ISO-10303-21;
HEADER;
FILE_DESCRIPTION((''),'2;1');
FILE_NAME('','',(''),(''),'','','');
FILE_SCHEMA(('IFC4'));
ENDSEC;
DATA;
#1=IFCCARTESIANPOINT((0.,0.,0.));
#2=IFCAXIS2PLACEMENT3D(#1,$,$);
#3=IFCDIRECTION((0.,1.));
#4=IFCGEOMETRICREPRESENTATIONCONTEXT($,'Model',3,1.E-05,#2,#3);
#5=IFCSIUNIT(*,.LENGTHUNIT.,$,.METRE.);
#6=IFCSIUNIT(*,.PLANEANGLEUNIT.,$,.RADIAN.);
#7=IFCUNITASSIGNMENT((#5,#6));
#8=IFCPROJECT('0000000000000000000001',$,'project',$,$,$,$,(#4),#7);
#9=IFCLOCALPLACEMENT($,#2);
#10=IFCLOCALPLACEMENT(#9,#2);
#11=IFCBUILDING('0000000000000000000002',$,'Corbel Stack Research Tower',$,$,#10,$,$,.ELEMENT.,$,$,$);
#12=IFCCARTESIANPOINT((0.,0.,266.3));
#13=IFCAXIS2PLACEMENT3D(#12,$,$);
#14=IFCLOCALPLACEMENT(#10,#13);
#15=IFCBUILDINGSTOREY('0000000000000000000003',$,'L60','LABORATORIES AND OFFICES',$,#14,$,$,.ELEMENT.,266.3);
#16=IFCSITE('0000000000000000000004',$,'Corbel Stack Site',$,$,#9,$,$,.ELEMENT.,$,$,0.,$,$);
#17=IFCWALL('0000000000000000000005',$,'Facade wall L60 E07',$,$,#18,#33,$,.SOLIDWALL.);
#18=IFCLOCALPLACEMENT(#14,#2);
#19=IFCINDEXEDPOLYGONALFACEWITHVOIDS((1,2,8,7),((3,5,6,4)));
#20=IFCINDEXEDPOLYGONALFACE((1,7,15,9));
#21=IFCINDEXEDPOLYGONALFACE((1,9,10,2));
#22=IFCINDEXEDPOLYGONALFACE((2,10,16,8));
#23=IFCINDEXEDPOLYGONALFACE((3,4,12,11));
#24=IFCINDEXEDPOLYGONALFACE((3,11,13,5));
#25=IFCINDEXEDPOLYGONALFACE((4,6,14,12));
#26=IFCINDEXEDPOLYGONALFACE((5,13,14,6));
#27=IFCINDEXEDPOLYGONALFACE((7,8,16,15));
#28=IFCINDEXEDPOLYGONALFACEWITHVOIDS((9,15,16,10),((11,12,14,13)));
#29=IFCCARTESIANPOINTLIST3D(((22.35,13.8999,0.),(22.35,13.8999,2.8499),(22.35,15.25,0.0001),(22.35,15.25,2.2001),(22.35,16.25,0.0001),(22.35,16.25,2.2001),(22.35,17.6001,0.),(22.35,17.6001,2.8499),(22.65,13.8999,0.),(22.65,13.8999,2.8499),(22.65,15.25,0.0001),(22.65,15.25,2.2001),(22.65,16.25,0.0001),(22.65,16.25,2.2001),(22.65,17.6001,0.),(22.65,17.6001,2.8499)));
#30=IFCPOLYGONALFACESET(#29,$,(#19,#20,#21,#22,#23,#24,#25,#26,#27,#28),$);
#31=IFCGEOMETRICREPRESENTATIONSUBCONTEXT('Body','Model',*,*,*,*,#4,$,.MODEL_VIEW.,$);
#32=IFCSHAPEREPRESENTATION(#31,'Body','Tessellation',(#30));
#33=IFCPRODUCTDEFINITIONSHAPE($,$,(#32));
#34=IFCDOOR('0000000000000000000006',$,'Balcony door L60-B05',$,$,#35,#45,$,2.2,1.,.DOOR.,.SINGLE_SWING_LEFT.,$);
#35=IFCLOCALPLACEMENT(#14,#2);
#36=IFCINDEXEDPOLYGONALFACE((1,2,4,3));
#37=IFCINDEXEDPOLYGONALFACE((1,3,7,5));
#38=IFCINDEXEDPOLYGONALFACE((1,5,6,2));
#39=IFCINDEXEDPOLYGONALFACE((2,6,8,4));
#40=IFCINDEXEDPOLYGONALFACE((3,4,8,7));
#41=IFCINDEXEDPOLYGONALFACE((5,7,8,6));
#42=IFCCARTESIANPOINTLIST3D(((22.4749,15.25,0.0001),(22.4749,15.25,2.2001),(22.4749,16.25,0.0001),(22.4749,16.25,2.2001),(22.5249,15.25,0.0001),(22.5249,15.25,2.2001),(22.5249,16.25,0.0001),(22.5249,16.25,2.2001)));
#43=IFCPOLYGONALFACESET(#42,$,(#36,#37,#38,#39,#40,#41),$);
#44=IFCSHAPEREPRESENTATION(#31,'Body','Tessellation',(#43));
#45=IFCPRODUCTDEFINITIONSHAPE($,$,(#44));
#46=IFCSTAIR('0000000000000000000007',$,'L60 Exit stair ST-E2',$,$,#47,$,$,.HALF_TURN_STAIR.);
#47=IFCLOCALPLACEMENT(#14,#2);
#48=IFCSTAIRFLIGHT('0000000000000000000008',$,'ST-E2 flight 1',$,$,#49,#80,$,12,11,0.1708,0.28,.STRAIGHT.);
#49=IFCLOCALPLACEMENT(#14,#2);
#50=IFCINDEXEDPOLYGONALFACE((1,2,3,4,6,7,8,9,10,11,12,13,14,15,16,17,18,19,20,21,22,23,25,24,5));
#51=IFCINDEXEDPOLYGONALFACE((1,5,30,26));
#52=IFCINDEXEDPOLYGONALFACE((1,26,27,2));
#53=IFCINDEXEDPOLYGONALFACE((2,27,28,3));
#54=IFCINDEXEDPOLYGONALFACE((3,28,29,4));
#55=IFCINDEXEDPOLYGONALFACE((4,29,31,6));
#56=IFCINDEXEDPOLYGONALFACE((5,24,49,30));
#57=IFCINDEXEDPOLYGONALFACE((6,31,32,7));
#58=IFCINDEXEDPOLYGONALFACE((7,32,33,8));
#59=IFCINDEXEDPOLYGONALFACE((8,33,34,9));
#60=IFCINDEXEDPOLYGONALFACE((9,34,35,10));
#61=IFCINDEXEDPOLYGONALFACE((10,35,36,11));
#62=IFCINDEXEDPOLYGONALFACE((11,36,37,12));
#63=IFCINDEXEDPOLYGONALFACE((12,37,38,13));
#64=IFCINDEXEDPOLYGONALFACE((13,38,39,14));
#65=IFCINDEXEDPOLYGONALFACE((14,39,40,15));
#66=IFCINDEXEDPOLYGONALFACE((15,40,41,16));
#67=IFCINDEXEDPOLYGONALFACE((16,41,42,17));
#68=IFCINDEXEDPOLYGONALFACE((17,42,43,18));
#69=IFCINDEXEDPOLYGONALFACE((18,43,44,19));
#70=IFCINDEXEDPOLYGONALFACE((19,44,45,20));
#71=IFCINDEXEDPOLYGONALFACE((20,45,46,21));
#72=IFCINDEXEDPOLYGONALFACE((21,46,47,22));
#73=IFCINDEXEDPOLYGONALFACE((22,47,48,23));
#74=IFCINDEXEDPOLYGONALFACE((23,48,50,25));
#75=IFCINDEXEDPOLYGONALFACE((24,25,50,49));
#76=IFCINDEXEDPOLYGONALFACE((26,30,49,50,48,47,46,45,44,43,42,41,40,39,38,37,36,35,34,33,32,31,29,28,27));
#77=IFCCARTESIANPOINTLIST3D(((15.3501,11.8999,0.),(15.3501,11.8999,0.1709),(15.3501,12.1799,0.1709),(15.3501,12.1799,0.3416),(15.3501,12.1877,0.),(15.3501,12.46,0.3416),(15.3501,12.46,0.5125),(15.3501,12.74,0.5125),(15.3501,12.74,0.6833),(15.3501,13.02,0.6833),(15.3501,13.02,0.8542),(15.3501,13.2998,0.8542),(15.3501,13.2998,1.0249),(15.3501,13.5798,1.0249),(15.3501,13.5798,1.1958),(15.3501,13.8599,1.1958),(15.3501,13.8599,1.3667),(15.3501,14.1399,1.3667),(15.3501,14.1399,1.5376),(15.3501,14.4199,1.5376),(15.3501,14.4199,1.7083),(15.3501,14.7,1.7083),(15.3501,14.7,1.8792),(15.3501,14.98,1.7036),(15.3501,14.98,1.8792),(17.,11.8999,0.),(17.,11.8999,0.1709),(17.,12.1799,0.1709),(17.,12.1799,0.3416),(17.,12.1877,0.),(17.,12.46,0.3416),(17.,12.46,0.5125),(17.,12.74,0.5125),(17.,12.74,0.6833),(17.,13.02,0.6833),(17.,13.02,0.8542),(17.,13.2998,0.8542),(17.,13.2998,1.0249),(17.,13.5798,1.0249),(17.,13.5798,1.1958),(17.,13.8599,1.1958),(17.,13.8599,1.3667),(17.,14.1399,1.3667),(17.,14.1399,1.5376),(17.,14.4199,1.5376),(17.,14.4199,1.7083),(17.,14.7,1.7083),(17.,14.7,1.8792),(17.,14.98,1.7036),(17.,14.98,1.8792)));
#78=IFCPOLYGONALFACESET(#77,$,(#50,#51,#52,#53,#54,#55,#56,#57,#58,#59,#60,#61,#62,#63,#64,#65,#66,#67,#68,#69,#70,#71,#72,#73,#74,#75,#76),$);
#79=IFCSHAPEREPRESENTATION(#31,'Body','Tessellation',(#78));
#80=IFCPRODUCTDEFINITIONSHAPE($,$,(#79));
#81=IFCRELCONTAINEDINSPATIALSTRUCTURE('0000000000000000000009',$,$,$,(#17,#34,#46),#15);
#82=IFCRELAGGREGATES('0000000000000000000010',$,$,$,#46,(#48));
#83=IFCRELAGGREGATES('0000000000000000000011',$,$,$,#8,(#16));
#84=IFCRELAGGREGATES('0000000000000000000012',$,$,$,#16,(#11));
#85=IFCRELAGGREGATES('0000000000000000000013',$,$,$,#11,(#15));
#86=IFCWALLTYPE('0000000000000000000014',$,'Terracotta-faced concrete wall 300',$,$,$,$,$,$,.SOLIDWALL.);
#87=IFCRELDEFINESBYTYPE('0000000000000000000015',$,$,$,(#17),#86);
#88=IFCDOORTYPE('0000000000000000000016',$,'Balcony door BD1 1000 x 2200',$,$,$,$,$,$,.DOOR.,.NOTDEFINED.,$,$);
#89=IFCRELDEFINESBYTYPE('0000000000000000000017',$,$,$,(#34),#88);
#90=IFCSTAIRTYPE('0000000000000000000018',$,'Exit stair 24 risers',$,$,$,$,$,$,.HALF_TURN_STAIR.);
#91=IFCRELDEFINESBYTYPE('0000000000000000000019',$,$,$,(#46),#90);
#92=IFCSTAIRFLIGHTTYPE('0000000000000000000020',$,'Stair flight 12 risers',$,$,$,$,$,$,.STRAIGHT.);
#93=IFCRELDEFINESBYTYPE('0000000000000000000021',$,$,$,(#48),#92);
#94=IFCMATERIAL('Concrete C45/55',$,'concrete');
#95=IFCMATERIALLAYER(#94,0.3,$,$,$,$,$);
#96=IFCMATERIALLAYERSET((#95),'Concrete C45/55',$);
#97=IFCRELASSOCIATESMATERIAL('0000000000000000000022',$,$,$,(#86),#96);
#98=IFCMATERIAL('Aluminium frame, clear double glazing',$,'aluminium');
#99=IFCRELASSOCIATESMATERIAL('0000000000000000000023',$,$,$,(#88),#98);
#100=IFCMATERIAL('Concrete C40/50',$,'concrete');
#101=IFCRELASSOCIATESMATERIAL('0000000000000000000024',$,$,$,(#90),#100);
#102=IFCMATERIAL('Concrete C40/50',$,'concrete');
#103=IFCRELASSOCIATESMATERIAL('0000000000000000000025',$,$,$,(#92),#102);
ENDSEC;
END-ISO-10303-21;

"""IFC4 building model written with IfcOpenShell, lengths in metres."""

from ifc_helpers import new_model, si_unit, direction, frame, frame_2d, origin, place, context, subcontext, project, spatial, polyline, rectangle, outline, extrude, material, layer, layer_set, type_object, element, fill, aggregate, save


model = new_model("IFC4")

# Units and contexts
model_context = context("Model", 3, precision=1e-05, world=origin(), true_north=direction((0.0, 1.0)))
body_context = subcontext(model_context, "Body", "Model", "MODEL_VIEW")
ifc_project = project(units=[si_unit("LENGTHUNIT", "METRE"), si_unit("PLANEANGLEUNIT", "RADIAN")], contexts=[model_context])

# Site, building, storey
site_placement = place(None, origin())
site = spatial("IfcSite", under=ifc_project, at=site_placement, Name="Corbel Stack Site", CompositionType="ELEMENT", RefElevation=0.0)
building_placement = place(site_placement, origin())
building = spatial("IfcBuilding", under=site, at=building_placement, Name="Corbel Stack Research Tower", CompositionType="ELEMENT")
storey_placement = place(building_placement, frame((0.0, 0.0, 266.3)))
storey = spatial("IfcBuildingStorey", under=building, at=storey_placement, Name="L60", Description="LABORATORIES AND OFFICES", CompositionType="ELEMENT", Elevation=266.3)

# Shared definitions
ifc_material_1 = material(Name="Concrete C45/55", Category="concrete")
ifc_layer_1 = layer(ifc_material_1, 0.3)
ifc_layer_set_1 = layer_set([ifc_layer_1], Name="Concrete C45/55")
wall_type = type_object("IfcWallType", Name="Terracotta-faced concrete wall 300", PredefinedType="SOLIDWALL", material=ifc_layer_set_1)

# Wall, opening, door
wall_1_placement = place(storey_placement, frame((22.5, 17.6001, 0.0), z_axis=(0.0, 0.0, 1.0), x_axis=(0.0, -1.0, 0.0)))
wall_1 = element("IfcWall", 1, at=wall_1_placement, inside=storey, type_object=wall_type, Name="Facade wall L60 E07", PredefinedType="SOLIDWALL", context=body_context, shape_type="SweptSolid", body=[
    extrude(rectangle(XDim=3.7002, YDim=0.3, at=frame_2d((1.8501, 0.0))), origin(), (0.0, 0.0, 1.0), 2.8499),
])
opening_1_placement = place(wall_1_placement, frame((1.3501, 0.0, 0.0)))
opening_1 = element("IfcOpeningElement", 2, at=opening_1_placement, cuts=wall_1, PredefinedType="OPENING", context=body_context, shape_type="SweptSolid", body=[
    extrude(rectangle(XDim=1.0, YDim=2.2, at=frame_2d((0.5, 1.1001))), frame((0.0, 0.1599, 0.0), z_axis=(0.0, -1.0, 0.0), x_axis=(1.0, 0.0, 0.0)), (0.0, 0.0, 1.0), 0.3201),
])
ifc_material_2 = material(Name="Aluminium frame, clear double glazing", Category="aluminium")
door_type = type_object("IfcDoorType", Name="Balcony door BD1 1000 x 2200", OperationType="NOTDEFINED", PredefinedType="DOOR", material=ifc_material_2)
door_placement = place(opening_1_placement, origin())
door = element("IfcDoor", 3, at=door_placement, inside=storey, type_object=door_type, Name="Balcony door L60-B05", OperationType="SINGLE_SWING_LEFT", OverallHeight=2.2, OverallWidth=1.0, PredefinedType="DOOR", context=body_context, shape_type="SweptSolid", body=[
    extrude(rectangle(XDim=1.0, YDim=2.2, at=frame_2d((0.5, 1.1001))), frame((0.0, 0.0249, 0.0), z_axis=(0.0, -1.0, 0.0), x_axis=(1.0, 0.0, 0.0)), (0.0, 0.0, 1.0), 0.05),
])
fill(opening_1, door)

# Stair, stair flight
ifc_material_3 = material(Name="Concrete C40/50", Category="concrete")
stair_type = type_object("IfcStairType", Name="Exit stair 24 risers", PredefinedType="HALF_TURN_STAIR", material=ifc_material_3)
stair_placement = place(storey_placement, origin())
stair = element("IfcStair", 4, at=stair_placement, inside=storey, type_object=stair_type, Name="L60 Exit stair ST-E2", PredefinedType="HALF_TURN_STAIR")
ifc_material_4 = material(Name="Concrete C40/50", Category="concrete")
stair_flight_type = type_object("IfcStairFlightType", Name="Stair flight 12 risers", PredefinedType="STRAIGHT", material=ifc_material_4)
stair_flight_placement = place(storey_placement, frame((16.175, 11.8999, 0.0), z_axis=(0.0, 0.0, 1.0), x_axis=(0.0, 1.0, 0.0)))
stair_flight = element("IfcStairFlight", 5, at=stair_flight_placement, type_object=stair_flight_type, Name="ST-E2 flight 1", NumberOfRisers=12, NumberOfTreads=11, PredefinedType="STRAIGHT", RiserHeight=0.1708, TreadLength=0.28, context=body_context, shape_type="SweptSolid", body=[
    extrude(outline(polyline([(0.0, 0.0), (0.0, 0.1709), (0.28, 0.1709), (0.28, 0.3416), (0.5601, 0.3416), (0.5601, 0.5125), (0.8401, 0.5125), (0.8401, 0.6833), (1.1201, 0.6833), (1.1201, 0.8542), (1.3999, 0.8542), (1.3999, 1.0249), (1.6799, 1.0249), (1.6799, 1.1958), (1.96, 1.1958), (1.96, 1.3667), (2.24, 1.3667), (2.24, 1.5376), (2.52, 1.5376), (2.52, 1.7083), (2.8, 1.7083), (2.8, 1.8792), (3.0801, 1.8792), (3.0801, 2.05), (3.0801, 1.7036), (0.2878, 0.0), (0.0, 0.0)])), frame((0.0, 0.825, 0.0), z_axis=(0.0, -1.0, 0.0), x_axis=(1.0, 0.0, 0.0)), (0.0, 0.0, 1.0), 1.6499),
])
aggregate(stair, [stair_flight])

save(model, "model.ifc")
